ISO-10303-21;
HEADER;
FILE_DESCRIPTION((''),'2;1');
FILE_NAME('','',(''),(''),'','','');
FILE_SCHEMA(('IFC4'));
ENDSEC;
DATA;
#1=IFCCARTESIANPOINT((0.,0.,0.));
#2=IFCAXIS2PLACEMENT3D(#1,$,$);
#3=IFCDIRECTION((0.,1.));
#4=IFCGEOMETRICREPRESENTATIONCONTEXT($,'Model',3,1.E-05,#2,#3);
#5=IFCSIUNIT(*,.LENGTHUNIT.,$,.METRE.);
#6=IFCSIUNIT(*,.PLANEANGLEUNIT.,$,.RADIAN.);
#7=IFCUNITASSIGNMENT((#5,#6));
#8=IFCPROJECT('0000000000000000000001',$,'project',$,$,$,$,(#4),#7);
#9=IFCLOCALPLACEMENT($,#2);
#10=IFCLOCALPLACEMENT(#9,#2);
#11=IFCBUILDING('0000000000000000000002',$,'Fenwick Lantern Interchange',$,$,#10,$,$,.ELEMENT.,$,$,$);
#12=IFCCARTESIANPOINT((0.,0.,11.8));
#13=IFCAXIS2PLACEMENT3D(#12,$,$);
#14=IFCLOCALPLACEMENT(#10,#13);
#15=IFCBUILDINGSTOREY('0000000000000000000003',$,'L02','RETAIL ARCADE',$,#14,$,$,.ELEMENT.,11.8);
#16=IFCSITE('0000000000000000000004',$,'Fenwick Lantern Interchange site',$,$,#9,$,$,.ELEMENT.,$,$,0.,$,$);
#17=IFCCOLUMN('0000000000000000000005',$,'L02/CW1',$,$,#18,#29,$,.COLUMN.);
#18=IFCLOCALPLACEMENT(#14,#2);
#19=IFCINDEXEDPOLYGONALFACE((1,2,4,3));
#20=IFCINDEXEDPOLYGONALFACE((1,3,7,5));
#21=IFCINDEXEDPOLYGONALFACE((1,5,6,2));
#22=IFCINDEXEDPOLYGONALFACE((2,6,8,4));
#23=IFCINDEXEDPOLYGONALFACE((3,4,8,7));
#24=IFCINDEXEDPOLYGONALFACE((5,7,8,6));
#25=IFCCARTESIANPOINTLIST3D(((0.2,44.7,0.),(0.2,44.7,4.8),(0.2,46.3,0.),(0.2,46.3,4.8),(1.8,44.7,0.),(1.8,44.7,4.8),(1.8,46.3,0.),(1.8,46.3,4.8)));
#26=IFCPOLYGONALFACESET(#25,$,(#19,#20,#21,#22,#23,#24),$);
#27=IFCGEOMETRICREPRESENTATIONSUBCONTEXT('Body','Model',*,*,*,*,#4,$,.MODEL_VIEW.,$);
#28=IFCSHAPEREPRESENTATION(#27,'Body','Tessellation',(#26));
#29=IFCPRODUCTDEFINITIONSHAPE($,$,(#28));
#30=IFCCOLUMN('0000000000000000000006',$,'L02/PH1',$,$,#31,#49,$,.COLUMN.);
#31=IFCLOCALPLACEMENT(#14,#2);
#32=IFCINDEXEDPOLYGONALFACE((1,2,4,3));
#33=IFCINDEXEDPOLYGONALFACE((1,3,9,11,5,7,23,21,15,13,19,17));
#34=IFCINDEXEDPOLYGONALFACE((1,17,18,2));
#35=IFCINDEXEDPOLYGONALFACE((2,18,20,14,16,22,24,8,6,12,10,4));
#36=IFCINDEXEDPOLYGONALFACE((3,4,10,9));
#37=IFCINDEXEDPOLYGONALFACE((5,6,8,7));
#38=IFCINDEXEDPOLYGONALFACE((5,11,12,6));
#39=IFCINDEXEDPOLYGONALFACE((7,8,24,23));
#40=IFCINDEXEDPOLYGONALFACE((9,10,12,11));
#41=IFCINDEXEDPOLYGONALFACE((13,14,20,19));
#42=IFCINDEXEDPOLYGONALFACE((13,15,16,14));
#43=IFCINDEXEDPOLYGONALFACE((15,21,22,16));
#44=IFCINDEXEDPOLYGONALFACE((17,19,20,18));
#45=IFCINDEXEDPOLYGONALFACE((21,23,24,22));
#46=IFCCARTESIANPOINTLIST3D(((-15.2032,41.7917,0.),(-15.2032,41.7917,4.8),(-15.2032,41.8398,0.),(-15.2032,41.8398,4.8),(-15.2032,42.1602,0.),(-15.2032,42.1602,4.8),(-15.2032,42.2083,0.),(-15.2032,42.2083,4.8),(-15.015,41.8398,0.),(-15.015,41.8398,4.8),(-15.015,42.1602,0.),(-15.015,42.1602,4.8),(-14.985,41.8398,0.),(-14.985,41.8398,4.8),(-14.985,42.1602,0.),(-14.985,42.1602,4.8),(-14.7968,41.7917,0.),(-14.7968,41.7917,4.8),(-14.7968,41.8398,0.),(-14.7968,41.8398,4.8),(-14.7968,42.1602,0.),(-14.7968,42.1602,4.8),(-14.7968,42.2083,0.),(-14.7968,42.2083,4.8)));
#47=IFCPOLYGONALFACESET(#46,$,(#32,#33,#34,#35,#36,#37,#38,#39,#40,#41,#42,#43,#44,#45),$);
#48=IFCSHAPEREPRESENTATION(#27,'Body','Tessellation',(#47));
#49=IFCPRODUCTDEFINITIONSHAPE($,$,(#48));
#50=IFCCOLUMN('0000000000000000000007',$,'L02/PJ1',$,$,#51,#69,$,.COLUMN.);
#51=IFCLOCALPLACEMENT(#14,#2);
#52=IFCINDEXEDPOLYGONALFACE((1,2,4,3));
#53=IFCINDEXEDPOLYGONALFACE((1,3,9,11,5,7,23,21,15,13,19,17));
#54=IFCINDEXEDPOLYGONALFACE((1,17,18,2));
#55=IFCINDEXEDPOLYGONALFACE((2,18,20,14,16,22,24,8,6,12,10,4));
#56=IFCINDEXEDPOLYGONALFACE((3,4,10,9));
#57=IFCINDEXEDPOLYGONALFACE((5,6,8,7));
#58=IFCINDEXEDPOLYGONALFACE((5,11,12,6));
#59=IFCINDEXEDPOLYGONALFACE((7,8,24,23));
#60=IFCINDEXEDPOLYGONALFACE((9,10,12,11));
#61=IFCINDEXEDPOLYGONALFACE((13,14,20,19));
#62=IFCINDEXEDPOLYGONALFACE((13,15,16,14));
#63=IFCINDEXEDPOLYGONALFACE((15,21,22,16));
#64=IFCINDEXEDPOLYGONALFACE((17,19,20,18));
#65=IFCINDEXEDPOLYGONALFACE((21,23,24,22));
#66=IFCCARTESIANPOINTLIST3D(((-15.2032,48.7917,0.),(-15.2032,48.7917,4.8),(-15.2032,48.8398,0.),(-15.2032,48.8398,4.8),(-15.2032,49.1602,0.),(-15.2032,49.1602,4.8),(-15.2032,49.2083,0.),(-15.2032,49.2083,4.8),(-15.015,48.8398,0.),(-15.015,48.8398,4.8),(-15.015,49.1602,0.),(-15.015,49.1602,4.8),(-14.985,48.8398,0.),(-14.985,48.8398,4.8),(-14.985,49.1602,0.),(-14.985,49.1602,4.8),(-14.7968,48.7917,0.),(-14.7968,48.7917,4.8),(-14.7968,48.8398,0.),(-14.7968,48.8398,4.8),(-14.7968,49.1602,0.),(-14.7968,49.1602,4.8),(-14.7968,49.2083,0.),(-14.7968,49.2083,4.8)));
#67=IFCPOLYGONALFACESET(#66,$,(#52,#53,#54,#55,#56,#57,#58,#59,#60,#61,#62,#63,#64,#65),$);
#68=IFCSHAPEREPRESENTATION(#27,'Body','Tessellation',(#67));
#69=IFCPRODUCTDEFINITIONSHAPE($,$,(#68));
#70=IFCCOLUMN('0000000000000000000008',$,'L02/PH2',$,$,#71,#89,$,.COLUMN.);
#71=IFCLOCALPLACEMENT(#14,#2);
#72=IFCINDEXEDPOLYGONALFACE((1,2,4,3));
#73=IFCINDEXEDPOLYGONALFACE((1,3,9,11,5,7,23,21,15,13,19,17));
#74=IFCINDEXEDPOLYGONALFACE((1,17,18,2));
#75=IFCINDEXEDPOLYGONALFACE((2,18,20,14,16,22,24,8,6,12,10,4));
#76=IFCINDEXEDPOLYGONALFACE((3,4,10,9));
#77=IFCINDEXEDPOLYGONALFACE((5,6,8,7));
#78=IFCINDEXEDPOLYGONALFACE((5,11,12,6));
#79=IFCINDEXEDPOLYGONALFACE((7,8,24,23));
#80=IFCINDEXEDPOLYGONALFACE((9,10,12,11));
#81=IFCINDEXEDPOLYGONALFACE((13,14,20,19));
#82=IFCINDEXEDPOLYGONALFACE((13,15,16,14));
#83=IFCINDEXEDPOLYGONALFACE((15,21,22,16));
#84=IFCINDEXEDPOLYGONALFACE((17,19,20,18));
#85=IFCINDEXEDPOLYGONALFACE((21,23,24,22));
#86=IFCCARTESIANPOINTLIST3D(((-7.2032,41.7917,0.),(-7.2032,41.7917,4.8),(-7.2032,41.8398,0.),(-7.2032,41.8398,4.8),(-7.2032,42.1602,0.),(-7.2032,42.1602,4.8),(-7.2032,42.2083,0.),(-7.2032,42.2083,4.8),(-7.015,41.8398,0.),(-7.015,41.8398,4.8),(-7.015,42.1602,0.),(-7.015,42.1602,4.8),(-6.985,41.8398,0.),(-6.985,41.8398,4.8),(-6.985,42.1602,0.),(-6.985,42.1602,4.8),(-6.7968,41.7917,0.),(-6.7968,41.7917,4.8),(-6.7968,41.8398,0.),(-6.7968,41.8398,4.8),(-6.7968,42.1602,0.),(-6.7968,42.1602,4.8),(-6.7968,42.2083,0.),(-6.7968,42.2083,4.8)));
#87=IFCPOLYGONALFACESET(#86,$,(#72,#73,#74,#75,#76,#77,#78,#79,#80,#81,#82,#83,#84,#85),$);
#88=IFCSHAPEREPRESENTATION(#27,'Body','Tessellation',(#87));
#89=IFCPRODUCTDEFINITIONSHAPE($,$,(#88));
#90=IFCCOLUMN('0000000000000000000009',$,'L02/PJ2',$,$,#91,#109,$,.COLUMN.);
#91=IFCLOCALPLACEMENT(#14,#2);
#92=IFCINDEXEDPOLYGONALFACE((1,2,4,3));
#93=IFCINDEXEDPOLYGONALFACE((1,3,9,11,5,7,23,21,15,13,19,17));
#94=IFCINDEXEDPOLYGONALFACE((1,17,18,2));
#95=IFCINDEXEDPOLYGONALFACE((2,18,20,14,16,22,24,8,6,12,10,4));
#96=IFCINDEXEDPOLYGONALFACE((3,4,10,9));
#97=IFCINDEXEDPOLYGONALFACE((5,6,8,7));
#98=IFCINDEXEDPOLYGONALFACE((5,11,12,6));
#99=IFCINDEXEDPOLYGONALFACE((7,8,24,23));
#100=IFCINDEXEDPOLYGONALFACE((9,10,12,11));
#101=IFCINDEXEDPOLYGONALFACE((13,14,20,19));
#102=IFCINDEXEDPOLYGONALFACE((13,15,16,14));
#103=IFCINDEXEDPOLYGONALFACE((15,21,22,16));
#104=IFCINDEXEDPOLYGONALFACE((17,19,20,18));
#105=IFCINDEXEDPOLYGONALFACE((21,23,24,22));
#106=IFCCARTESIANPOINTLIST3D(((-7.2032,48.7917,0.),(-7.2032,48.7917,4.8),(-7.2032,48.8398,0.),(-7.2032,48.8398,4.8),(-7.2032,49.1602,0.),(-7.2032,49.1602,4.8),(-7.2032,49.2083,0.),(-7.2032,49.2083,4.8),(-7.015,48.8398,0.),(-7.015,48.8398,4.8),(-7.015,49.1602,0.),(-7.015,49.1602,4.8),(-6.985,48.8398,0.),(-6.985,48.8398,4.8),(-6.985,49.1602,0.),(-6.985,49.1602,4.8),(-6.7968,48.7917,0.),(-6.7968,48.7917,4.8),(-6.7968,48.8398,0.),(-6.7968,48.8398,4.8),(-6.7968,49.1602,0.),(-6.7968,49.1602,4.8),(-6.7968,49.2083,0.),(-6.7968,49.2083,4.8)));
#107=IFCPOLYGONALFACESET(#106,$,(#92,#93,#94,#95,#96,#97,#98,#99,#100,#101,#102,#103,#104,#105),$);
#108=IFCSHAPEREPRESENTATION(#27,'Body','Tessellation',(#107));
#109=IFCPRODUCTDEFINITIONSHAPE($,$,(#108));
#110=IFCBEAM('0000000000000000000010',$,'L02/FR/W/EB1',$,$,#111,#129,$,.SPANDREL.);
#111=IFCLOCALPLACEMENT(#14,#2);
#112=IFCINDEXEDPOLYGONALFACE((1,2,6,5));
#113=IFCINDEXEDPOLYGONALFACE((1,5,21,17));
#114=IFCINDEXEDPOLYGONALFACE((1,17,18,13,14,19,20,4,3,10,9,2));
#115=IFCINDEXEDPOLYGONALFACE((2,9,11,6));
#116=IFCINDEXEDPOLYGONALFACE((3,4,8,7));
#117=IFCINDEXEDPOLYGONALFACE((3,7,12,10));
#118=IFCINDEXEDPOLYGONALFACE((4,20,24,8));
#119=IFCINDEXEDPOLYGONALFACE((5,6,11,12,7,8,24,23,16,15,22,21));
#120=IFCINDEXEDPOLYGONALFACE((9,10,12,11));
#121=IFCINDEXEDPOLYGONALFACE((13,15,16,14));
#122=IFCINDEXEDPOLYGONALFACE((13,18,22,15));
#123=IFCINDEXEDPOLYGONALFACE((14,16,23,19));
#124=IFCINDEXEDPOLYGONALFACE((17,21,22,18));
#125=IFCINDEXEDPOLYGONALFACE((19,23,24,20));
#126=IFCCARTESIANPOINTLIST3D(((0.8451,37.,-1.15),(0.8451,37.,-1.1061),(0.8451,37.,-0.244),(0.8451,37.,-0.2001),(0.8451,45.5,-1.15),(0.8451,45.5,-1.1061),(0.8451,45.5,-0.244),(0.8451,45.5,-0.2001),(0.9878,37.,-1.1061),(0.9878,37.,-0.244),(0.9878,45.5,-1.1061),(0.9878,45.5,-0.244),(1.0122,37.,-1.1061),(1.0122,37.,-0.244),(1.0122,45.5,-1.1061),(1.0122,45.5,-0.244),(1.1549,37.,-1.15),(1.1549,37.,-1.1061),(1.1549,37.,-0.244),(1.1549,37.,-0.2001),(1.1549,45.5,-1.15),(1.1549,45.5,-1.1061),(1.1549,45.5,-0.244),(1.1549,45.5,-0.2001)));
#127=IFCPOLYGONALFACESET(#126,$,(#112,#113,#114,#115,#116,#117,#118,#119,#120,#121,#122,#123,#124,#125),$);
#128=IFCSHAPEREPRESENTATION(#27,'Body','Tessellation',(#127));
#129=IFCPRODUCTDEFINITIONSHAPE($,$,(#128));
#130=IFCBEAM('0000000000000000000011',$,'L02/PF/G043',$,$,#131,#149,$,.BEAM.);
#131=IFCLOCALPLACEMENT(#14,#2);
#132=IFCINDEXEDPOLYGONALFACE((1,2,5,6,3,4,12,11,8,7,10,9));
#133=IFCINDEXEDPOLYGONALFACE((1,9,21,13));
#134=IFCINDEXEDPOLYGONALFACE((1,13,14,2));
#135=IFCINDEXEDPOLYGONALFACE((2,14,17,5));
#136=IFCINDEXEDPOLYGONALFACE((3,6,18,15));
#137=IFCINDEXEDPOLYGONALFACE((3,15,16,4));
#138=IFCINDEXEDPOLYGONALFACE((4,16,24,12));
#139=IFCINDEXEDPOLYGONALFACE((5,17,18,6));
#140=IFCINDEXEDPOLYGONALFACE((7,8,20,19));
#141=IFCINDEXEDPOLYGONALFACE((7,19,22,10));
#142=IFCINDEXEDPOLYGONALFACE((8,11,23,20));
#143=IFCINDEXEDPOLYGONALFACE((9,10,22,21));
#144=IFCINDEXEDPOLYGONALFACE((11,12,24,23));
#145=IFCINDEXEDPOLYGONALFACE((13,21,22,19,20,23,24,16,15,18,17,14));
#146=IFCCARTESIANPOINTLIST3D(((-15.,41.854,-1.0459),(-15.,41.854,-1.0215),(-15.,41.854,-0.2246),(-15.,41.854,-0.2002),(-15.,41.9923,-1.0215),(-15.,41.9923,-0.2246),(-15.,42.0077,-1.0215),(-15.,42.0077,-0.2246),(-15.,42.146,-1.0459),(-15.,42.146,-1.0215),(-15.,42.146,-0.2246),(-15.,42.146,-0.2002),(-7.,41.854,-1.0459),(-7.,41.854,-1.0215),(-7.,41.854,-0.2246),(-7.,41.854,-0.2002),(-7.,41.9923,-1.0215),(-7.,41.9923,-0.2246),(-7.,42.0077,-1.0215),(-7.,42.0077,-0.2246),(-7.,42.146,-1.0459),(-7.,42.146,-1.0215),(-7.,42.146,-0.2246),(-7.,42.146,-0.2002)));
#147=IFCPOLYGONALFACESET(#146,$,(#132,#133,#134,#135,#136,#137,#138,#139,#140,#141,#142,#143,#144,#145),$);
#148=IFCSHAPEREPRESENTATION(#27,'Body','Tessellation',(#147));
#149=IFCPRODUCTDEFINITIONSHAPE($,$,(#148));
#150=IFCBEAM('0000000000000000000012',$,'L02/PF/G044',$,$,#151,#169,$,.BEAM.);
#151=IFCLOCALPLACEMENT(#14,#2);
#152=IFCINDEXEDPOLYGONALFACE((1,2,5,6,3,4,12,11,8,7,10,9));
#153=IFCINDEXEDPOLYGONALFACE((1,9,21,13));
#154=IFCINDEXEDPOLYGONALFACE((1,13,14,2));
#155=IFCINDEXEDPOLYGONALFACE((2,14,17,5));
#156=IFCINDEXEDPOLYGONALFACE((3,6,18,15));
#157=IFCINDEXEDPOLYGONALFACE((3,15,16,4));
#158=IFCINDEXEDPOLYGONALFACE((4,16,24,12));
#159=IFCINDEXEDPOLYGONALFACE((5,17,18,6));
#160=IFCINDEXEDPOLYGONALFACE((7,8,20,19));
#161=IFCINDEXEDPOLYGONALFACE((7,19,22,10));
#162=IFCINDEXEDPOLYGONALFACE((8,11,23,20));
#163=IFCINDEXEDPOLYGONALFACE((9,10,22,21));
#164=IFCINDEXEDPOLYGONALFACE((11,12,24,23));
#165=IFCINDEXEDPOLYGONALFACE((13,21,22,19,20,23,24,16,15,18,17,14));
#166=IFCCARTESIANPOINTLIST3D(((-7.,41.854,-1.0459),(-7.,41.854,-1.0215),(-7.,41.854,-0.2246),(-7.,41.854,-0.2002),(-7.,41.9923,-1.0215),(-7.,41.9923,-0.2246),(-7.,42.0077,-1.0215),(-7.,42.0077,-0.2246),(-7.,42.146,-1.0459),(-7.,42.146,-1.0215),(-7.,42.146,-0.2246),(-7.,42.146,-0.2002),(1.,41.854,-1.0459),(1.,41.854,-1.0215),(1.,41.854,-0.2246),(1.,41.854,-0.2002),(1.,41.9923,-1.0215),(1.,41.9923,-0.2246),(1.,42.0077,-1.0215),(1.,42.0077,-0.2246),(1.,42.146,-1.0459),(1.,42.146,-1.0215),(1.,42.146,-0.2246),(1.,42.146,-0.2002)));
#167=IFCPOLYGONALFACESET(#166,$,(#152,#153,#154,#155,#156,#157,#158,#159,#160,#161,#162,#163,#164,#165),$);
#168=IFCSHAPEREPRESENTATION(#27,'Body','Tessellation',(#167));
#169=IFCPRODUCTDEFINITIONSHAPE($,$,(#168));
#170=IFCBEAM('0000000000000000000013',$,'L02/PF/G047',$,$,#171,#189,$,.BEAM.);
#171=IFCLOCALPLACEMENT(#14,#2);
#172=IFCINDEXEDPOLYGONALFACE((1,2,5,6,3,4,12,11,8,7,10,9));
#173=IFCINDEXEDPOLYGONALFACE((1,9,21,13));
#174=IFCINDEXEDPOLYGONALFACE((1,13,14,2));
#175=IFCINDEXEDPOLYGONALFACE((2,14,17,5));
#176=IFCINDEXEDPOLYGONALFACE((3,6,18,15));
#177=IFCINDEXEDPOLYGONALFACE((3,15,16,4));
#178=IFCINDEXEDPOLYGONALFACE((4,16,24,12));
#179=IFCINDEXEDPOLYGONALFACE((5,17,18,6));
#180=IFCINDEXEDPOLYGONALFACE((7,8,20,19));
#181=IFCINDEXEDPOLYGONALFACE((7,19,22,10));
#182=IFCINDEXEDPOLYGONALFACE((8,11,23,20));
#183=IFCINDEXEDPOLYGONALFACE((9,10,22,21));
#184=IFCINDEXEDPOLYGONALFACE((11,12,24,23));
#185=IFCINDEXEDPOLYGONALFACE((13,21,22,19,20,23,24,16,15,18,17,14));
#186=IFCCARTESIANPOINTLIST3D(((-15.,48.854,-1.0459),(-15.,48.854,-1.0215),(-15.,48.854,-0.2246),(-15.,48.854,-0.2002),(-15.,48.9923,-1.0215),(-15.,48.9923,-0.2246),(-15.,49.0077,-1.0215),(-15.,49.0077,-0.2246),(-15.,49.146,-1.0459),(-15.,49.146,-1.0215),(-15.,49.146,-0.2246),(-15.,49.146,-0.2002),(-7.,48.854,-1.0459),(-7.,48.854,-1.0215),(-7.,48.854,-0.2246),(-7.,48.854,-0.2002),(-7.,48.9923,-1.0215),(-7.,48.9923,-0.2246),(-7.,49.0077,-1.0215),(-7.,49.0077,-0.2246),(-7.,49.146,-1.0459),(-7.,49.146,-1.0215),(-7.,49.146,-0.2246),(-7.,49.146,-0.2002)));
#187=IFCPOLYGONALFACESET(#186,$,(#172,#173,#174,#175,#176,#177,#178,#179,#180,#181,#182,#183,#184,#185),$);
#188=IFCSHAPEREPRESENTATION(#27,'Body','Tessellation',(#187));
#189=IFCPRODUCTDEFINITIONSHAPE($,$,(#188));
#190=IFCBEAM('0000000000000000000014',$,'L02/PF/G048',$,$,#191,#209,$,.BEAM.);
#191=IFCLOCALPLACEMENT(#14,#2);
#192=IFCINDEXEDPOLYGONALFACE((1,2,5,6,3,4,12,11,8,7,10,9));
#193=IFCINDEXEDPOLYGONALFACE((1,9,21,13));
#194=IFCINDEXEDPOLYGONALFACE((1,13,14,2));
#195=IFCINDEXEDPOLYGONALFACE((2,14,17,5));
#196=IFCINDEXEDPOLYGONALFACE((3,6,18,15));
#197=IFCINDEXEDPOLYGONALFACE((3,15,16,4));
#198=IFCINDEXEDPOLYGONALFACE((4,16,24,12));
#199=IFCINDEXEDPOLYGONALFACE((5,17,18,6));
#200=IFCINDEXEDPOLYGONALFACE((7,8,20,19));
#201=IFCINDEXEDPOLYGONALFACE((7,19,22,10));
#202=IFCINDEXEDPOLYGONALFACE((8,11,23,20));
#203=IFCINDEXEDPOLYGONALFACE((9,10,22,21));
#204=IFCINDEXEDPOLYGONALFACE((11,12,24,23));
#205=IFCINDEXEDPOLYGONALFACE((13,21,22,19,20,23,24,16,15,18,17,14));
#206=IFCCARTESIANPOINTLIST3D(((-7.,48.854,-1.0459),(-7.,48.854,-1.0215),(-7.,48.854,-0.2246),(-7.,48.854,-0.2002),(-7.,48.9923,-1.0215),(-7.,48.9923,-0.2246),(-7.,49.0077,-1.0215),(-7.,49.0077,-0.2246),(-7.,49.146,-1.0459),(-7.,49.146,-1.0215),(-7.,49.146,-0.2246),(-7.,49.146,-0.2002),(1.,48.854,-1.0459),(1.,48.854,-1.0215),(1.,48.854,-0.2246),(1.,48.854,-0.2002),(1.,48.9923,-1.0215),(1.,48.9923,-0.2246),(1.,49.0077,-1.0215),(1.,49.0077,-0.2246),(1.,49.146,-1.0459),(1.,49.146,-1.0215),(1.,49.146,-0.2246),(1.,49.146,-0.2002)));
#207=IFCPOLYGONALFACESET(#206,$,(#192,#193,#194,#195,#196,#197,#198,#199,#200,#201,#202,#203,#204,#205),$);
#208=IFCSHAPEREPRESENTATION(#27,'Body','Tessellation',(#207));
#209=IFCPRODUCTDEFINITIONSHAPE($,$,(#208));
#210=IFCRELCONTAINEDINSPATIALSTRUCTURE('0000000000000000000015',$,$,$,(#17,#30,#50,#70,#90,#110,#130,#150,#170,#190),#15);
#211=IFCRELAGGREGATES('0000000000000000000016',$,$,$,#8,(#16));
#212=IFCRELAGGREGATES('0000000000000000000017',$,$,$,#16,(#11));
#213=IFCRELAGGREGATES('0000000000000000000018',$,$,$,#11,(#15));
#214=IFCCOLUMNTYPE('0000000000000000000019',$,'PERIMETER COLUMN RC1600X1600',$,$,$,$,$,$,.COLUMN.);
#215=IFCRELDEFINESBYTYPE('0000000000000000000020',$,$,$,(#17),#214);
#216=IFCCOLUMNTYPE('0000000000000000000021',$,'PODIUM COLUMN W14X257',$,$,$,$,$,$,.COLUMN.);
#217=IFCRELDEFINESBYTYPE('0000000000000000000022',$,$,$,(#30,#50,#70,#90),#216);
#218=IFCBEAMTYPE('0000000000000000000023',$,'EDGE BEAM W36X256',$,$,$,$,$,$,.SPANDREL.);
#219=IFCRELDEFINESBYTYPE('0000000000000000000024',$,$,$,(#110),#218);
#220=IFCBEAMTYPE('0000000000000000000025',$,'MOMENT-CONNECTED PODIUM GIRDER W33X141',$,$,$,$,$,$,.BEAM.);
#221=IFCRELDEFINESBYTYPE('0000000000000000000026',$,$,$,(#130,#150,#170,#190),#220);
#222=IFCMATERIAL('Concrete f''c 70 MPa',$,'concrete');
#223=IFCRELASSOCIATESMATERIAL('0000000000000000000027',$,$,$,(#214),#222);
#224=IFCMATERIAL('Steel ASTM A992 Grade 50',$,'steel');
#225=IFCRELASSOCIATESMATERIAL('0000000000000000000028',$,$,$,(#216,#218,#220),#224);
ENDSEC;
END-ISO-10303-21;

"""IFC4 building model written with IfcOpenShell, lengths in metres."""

from ifc_helpers import new_model, si_unit, direction, frame, origin, origin_2d, place, context, subcontext, project, spatial, rectangle, i_section, extrude, material, material_profile, profile_set, type_object, element, save


model = new_model("IFC4")

# Units and contexts
model_context = context("Model", 3, precision=1e-05, world=origin(), true_north=direction((0.0, 1.0)))
body_context = subcontext(model_context, "Body", "Model", "MODEL_VIEW")
ifc_project = project(units=[si_unit("LENGTHUNIT", "METRE"), si_unit("PLANEANGLEUNIT", "RADIAN")], contexts=[model_context])

# Site, building, storey
site_placement = place(None, origin())
site = spatial("IfcSite", under=ifc_project, at=site_placement, Name="Fenwick Lantern Interchange site", CompositionType="ELEMENT", RefElevation=0.0)
building_placement = place(site_placement, origin())
building = spatial("IfcBuilding", under=site, at=building_placement, Name="Fenwick Lantern Interchange", CompositionType="ELEMENT")
storey_placement = place(building_placement, frame((0.0, 0.0, 11.8)))
storey = spatial("IfcBuildingStorey", under=building, at=storey_placement, Name="L02", Description="RETAIL ARCADE", CompositionType="ELEMENT", Elevation=11.8)

# Columns
ifc_material_1 = material(Name="Concrete f'c 70 MPa", Category="concrete")
ifc_material_profile_1 = material_profile(ifc_material_1, rectangle(XDim=1.6001, YDim=1.6001, at=origin_2d()), Name="RC1600X1600")
ifc_profile_set_1 = profile_set([ifc_material_profile_1], Name="Concrete f'c 70 MPa")
column_type_1 = type_object("IfcColumnType", Name="PERIMETER COLUMN RC1600X1600", PredefinedType="COLUMN", material=ifc_profile_set_1)
column_placement = place(storey_placement, frame((1.0, 45.5, 0.0), z_axis=(0.0, 0.0, 1.0), x_axis=(1.0, 0.0, 0.0)))
element("IfcColumn", 1, at=column_placement, inside=storey, type_object=column_type_1, Name="L02/CW1", PredefinedType="COLUMN", context=body_context, shape_type="SweptSolid", body=[
    extrude(rectangle(XDim=1.6001, YDim=1.6001, at=origin_2d()), origin(), (0.0, 0.0, 1.0), 4.8),
])
ifc_material_2 = material(Name="Steel ASTM A992 Grade 50", Category="steel")
ifc_material_profile_2 = material_profile(ifc_material_2, i_section(OverallWidth=0.4065, OverallDepth=0.4165, WebThickness=0.03, FlangeThickness=0.0481, at=origin_2d()), Name="W14X257")
ifc_profile_set_2 = profile_set([ifc_material_profile_2], Name="Steel ASTM A992 Grade 50")
column_type_2 = type_object("IfcColumnType", Name="PODIUM COLUMN W14X257", PredefinedType="COLUMN", material=ifc_profile_set_2)
for number, where, z_axis, x_axis, name in (
    (2, (-15.0, 42.0, 0.0), (0.0, 0.0, 1.0), (1.0, 0.0, 0.0), "L02/PH1"),
    (3, (-15.0, 49.0, 0.0), (0.0, 0.0, 1.0), (1.0, 0.0, 0.0), "L02/PJ1"),
    (4, (-7.0, 42.0, 0.0), (0.0, 0.0, 1.0), (1.0, 0.0, 0.0), "L02/PH2"),
    (5, (-7.0, 49.0, 0.0), (0.0, 0.0, 1.0), (1.0, 0.0, 0.0), "L02/PJ2"),
):
    element("IfcColumn", number, at=place(storey_placement, frame(where, z_axis=z_axis, x_axis=x_axis)), inside=storey, type_object=column_type_2, Name=name, PredefinedType="COLUMN", context=body_context, shape_type="SweptSolid", body=[
        extrude(i_section(OverallWidth=0.4065, OverallDepth=0.4165, WebThickness=0.03, FlangeThickness=0.0481, at=origin_2d()), origin(), (0.0, 0.0, 1.0), 4.8),
    ])

# Beams
ifc_material_profile_3 = material_profile(ifc_material_2, i_section(OverallWidth=0.3098, OverallDepth=0.95, WebThickness=0.0244, FlangeThickness=0.0439, at=origin_2d()), Name="W36X256")
ifc_profile_set_3 = profile_set([ifc_material_profile_3], Name="Steel ASTM A992 Grade 50")
beam_type_1 = type_object("IfcBeamType", Name="EDGE BEAM W36X256", PredefinedType="SPANDREL", material=ifc_profile_set_3)
beam_1_placement = place(storey_placement, frame((1.0, 45.5, -0.675), z_axis=(0.0, -1.0, 0.0), x_axis=(1.0, 0.0, 0.0)))
element("IfcBeam", 6, at=beam_1_placement, inside=storey, type_object=beam_type_1, Name="L02/FR/W/EB1", PredefinedType="SPANDREL", context=body_context, shape_type="SweptSolid", body=[
    extrude(i_section(OverallWidth=0.3098, OverallDepth=0.95, WebThickness=0.0244, FlangeThickness=0.0439, at=origin_2d()), origin(), (0.0, 0.0, 1.0), 8.5),
])
ifc_material_profile_4 = material_profile(ifc_material_2, i_section(OverallWidth=0.292, OverallDepth=0.8457, WebThickness=0.0154, FlangeThickness=0.0244, at=origin_2d()), Name="W33X141")
ifc_profile_set_4 = profile_set([ifc_material_profile_4], Name="Steel ASTM A992 Grade 50")
beam_type_2 = type_object("IfcBeamType", Name="MOMENT-CONNECTED PODIUM GIRDER W33X141", PredefinedType="BEAM", material=ifc_profile_set_4)
for number, where, z_axis, x_axis, name in (
    (7, (-15.0, 42.0, -0.623), (1.0, 0.0, 0.0), (0.0, 1.0, 0.0), "L02/PF/G043"),
    (8, (-7.0, 42.0, -0.623), (1.0, 0.0, 0.0), (0.0, 1.0, 0.0), "L02/PF/G044"),
    (9, (-15.0, 49.0, -0.623), (1.0, 0.0, 0.0), (0.0, 1.0, 0.0), "L02/PF/G047"),
    (10, (-7.0, 49.0, -0.623), (1.0, 0.0, 0.0), (0.0, 1.0, 0.0), "L02/PF/G048"),
):
    element("IfcBeam", number, at=place(storey_placement, frame(where, z_axis=z_axis, x_axis=x_axis)), inside=storey, type_object=beam_type_2, Name=name, PredefinedType="BEAM", context=body_context, shape_type="SweptSolid", body=[
        extrude(i_section(OverallWidth=0.292, OverallDepth=0.8457, WebThickness=0.0154, FlangeThickness=0.0244, at=origin_2d()), origin(), (0.0, 0.0, 1.0), 8.0),
    ])

save(model, "model.ifc")
